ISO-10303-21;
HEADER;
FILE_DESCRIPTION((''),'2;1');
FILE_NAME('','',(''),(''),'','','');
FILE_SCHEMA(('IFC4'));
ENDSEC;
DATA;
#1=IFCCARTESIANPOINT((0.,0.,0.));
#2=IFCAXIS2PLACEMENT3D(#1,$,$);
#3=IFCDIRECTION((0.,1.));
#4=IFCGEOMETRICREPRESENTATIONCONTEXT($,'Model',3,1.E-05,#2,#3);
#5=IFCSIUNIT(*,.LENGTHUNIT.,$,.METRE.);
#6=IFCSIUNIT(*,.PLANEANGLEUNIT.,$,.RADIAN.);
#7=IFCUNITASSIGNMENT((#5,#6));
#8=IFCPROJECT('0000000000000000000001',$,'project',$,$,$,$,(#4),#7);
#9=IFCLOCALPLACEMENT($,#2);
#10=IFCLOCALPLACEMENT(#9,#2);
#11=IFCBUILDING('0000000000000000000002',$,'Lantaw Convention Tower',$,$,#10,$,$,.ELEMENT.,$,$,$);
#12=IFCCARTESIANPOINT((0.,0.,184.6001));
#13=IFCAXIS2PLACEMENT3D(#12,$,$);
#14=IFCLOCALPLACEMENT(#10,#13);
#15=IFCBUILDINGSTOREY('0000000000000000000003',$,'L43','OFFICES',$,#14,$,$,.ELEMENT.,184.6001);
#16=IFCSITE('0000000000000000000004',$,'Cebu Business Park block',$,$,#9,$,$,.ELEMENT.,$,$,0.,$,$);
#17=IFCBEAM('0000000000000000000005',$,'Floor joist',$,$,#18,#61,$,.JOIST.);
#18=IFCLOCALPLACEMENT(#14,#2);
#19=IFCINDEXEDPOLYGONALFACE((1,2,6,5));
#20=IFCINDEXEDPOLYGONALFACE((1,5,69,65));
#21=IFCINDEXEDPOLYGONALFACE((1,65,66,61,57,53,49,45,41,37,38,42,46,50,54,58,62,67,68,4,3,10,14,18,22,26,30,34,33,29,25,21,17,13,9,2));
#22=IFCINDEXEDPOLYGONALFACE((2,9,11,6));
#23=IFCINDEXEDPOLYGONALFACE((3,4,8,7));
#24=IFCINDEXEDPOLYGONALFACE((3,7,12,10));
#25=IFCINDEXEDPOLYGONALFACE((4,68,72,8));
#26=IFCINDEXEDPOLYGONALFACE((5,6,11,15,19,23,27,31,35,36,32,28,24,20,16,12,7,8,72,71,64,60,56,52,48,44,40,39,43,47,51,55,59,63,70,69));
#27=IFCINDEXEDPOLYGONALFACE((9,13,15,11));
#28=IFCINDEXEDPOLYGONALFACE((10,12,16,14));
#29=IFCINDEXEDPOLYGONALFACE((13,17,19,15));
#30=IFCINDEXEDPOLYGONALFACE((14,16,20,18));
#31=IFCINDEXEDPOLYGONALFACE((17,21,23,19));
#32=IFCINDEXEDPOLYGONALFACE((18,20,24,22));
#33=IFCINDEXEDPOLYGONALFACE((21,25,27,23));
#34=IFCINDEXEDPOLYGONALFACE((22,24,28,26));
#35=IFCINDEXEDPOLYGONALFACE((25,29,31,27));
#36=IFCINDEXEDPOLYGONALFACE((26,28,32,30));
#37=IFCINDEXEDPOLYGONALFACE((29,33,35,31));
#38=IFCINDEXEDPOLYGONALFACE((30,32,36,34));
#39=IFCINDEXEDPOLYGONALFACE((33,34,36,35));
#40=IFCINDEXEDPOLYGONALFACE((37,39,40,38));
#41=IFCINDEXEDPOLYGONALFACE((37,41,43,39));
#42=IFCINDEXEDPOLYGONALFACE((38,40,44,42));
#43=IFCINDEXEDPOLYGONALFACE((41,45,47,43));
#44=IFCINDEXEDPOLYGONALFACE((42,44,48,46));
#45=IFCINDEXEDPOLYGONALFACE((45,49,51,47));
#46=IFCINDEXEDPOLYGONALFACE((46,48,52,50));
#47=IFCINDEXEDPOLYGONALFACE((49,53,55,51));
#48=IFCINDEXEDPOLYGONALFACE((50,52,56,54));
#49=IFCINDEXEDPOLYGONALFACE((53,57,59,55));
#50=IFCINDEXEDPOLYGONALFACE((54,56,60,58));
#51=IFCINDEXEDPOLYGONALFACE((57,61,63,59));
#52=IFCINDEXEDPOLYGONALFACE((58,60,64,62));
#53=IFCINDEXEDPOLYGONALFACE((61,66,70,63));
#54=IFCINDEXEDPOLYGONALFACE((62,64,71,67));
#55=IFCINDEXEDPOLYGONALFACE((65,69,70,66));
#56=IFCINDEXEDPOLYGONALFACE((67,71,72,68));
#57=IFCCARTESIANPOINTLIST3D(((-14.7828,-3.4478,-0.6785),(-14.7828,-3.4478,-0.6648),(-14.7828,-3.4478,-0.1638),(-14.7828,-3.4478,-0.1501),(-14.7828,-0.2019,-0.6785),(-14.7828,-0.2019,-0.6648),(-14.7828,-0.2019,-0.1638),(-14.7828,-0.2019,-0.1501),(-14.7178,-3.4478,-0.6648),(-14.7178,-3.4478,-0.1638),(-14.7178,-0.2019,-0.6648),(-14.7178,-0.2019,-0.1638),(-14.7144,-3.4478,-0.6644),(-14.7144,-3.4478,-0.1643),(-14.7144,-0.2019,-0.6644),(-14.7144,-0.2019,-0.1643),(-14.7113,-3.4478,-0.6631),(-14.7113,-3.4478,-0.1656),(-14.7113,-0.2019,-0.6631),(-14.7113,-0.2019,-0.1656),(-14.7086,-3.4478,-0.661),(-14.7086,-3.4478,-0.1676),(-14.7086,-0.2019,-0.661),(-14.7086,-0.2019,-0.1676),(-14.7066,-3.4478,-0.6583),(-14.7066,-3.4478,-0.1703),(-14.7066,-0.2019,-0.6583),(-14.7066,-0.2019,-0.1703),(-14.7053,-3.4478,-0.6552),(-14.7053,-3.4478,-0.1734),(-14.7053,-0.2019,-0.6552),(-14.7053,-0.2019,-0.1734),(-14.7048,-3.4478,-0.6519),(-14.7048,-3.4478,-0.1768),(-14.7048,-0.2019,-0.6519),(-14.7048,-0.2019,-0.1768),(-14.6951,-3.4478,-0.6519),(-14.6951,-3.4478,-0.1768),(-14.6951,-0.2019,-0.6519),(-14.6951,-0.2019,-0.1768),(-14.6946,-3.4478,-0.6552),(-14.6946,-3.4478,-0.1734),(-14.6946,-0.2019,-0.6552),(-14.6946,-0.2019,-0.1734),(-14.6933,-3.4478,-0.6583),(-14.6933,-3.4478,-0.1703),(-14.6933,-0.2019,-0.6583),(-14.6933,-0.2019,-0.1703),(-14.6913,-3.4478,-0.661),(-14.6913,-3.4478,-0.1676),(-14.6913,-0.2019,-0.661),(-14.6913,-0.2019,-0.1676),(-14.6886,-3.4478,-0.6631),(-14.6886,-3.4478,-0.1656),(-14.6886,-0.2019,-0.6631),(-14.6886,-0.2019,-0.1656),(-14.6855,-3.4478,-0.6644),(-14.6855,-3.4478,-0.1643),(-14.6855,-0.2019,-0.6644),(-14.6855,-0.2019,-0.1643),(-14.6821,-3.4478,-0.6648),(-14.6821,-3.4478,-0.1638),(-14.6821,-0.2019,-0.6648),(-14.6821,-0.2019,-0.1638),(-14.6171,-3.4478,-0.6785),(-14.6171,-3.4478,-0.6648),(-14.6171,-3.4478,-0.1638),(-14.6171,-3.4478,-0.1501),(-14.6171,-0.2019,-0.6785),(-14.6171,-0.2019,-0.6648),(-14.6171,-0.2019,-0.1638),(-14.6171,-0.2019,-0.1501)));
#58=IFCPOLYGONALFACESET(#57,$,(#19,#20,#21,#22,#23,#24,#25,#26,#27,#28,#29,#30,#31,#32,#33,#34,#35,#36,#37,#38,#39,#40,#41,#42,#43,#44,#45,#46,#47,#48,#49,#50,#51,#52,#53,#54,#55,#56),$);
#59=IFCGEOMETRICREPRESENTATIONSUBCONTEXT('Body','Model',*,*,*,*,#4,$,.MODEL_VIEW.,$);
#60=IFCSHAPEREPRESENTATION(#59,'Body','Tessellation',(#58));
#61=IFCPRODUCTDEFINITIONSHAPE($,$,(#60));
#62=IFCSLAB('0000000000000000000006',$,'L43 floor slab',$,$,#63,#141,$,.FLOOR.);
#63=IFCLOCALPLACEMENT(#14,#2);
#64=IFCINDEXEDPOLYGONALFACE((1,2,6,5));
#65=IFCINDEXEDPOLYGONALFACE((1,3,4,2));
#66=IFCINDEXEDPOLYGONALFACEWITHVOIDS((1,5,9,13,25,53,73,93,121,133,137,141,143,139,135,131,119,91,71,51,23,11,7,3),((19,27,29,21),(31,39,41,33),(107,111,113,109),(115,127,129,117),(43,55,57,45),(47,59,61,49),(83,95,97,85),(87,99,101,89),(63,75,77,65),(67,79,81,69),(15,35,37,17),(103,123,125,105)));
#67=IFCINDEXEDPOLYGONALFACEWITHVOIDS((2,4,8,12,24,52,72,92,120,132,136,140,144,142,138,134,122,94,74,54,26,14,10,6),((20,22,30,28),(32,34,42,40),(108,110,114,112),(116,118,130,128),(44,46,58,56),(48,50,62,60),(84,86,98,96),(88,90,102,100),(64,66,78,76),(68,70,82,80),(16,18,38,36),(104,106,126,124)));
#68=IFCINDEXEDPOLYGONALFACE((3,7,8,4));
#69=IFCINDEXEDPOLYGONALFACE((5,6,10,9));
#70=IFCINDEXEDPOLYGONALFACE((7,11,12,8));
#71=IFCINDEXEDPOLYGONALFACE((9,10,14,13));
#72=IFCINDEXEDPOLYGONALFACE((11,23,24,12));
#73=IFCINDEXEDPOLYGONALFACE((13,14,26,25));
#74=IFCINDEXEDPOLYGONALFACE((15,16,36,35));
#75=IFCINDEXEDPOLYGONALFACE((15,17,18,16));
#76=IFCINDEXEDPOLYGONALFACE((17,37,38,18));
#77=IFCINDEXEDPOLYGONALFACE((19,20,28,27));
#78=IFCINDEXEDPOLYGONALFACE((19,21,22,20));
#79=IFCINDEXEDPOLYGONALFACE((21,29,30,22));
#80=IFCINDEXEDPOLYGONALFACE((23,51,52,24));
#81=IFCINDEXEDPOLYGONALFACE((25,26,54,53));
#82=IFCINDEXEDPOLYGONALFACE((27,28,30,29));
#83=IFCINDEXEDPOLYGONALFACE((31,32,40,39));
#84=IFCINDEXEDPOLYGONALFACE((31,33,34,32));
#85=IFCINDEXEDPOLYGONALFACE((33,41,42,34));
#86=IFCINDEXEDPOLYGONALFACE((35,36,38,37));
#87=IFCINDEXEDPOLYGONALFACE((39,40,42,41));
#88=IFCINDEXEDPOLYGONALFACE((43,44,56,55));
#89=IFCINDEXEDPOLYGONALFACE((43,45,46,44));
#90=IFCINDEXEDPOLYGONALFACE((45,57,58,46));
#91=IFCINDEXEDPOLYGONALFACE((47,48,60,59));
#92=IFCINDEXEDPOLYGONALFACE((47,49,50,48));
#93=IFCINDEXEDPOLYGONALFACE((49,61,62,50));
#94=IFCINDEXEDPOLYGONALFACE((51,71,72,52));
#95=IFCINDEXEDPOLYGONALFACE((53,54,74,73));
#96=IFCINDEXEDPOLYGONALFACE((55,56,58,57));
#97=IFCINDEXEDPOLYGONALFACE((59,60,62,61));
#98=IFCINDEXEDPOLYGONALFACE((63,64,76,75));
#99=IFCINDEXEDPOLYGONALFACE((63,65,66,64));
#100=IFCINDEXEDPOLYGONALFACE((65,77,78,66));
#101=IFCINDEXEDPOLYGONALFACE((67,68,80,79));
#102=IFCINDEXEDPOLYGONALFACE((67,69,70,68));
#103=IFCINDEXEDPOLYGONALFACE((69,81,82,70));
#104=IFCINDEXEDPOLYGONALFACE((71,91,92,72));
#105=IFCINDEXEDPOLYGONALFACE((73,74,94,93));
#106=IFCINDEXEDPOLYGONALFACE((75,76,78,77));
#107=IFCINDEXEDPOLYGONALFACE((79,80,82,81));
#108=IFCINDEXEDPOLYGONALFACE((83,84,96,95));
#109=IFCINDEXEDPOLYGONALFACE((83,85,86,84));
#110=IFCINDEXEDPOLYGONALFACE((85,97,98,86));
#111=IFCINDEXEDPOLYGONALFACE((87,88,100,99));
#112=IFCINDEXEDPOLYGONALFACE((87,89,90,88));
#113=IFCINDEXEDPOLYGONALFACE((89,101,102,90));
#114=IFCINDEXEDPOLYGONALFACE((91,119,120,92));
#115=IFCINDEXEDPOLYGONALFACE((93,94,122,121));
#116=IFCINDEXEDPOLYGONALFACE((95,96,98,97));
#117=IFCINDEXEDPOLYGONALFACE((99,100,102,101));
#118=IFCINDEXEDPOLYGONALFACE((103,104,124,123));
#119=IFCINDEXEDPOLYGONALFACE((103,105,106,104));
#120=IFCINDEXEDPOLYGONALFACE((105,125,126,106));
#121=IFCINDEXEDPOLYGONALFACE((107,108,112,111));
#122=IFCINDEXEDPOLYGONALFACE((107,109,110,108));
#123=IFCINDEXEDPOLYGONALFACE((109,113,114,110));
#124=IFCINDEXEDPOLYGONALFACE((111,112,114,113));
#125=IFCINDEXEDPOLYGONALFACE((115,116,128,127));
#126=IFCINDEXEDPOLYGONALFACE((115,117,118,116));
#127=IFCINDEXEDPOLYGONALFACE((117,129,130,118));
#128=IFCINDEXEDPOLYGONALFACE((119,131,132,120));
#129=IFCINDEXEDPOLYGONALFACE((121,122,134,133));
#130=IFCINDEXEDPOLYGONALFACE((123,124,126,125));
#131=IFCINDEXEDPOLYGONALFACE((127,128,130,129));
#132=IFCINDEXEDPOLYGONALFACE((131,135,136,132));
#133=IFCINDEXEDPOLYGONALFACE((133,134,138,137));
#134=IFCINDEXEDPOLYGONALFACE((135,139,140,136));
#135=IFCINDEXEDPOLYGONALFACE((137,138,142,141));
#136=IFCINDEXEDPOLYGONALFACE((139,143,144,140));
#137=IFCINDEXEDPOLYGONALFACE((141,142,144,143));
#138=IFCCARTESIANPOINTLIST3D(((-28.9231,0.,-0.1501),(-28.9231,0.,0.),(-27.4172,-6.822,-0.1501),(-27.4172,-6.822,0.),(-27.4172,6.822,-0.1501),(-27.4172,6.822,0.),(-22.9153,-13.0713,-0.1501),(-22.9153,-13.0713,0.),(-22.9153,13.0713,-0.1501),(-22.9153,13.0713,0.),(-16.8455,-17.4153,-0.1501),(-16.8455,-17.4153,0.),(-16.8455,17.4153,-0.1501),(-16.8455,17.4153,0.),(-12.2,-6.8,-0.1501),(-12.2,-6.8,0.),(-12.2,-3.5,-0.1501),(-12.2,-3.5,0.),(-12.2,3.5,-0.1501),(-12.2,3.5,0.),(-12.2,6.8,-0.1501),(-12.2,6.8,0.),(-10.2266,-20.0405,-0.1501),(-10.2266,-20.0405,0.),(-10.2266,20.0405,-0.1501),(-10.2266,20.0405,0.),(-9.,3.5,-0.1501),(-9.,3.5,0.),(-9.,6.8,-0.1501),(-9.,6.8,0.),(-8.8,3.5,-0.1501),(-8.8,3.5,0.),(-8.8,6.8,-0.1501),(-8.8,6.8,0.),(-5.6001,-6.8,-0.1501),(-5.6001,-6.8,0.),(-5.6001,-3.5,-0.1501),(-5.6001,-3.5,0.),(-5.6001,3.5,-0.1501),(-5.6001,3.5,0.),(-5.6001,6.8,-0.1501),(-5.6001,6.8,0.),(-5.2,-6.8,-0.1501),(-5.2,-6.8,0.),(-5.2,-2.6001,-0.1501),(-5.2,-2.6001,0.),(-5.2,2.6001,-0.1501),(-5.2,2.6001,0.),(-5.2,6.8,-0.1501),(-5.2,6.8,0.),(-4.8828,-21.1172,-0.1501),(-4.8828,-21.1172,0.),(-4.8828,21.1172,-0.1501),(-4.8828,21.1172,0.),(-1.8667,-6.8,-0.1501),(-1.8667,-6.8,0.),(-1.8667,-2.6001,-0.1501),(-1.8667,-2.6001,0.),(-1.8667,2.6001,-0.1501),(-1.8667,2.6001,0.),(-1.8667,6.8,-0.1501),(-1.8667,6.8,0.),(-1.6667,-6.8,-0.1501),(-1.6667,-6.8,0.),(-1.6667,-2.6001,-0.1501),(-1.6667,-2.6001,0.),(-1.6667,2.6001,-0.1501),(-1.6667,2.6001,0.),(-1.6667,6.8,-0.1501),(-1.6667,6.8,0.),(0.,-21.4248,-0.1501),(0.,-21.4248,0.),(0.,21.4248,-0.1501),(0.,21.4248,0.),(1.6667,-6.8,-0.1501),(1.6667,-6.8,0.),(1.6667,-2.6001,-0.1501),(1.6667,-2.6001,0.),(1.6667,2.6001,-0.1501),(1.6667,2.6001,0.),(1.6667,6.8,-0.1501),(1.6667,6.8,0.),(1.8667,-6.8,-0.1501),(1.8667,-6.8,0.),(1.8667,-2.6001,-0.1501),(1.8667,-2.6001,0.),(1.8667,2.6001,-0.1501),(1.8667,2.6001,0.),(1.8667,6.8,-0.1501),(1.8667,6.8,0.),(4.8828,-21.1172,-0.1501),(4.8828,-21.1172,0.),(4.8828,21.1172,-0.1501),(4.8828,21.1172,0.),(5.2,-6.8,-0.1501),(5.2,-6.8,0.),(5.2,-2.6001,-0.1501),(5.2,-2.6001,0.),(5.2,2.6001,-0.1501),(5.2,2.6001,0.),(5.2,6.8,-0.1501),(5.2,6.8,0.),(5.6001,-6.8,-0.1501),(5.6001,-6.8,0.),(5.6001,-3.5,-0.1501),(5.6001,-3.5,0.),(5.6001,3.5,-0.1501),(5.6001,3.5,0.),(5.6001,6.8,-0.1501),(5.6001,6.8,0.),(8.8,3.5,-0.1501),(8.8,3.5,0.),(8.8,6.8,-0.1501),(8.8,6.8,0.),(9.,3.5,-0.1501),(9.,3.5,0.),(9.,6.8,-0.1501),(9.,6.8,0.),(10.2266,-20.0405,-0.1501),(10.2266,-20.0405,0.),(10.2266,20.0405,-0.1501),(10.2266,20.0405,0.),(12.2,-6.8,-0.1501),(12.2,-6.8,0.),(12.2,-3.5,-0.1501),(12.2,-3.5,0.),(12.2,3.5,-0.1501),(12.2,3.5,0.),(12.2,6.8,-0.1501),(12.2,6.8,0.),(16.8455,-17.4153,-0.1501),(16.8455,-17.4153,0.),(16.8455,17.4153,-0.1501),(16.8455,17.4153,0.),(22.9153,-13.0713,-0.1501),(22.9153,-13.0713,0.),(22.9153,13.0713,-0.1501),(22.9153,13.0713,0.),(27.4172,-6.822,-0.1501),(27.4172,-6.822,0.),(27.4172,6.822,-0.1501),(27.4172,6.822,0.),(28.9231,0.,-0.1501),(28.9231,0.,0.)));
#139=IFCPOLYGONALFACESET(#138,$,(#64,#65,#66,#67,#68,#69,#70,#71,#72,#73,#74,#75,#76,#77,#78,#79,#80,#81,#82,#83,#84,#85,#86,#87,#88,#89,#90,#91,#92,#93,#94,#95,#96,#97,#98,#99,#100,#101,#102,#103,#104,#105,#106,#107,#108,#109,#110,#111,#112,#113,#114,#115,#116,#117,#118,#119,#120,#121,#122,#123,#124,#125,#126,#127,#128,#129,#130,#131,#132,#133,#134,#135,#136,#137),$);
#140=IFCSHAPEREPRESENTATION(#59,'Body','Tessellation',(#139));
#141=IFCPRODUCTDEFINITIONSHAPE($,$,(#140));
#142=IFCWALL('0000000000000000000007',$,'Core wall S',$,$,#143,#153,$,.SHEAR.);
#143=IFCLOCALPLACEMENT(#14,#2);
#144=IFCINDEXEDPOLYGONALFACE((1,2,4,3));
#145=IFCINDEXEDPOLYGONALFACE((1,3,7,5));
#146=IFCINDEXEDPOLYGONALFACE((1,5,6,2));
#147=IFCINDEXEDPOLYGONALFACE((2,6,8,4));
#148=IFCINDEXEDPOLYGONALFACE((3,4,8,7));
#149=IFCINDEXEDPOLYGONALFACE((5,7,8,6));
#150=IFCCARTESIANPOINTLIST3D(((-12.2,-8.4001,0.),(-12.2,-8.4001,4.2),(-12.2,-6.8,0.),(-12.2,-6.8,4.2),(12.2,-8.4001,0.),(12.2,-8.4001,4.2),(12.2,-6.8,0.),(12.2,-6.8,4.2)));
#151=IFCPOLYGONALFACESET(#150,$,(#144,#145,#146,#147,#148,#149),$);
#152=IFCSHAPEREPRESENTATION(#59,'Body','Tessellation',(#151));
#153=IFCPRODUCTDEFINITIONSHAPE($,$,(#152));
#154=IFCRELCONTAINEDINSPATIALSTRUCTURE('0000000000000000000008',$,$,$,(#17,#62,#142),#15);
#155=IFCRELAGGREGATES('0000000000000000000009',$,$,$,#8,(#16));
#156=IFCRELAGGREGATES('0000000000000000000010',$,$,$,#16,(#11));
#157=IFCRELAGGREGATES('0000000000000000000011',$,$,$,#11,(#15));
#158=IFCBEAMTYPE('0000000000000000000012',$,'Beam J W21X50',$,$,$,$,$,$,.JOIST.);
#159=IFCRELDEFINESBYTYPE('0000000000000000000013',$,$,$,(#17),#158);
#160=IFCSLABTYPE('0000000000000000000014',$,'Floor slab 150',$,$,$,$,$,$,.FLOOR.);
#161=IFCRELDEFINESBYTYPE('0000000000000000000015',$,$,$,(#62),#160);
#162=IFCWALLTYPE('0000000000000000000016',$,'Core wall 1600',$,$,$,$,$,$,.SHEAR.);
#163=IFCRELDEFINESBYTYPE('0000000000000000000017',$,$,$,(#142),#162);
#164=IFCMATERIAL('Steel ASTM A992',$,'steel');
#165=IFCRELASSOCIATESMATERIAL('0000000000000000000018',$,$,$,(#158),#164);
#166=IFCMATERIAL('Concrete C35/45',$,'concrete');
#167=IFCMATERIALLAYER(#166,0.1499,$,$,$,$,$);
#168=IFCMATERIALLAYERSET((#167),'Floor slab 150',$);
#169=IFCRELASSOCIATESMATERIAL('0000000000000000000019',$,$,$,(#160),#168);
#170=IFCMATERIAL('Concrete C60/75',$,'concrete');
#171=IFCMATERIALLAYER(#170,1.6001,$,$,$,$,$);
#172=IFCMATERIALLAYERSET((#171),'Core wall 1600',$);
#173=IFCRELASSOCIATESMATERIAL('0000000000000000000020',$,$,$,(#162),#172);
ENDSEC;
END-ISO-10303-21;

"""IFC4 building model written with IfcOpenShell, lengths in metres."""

from ifc_helpers import new_model, si_unit, direction, frame, frame_2d, origin, origin_2d, place, context, subcontext, project, spatial, polyline, rectangle, i_section, outline, extrude, material, layer, layer_set, material_profile, profile_set, type_object, element, save


model = new_model("IFC4")

# Units and contexts
model_context = context("Model", 3, precision=1e-05, world=origin(), true_north=direction((0.0, 1.0)))
body_context = subcontext(model_context, "Body", "Model", "MODEL_VIEW")
ifc_project = project(units=[si_unit("LENGTHUNIT", "METRE"), si_unit("PLANEANGLEUNIT", "RADIAN")], contexts=[model_context])

# Site, building, storey
site_placement = place(None, origin())
site = spatial("IfcSite", under=ifc_project, at=site_placement, Name="Cebu Business Park block", CompositionType="ELEMENT", RefElevation=0.0)
building_placement = place(site_placement, origin())
building = spatial("IfcBuilding", under=site, at=building_placement, Name="Lantaw Convention Tower", CompositionType="ELEMENT")
storey_placement = place(building_placement, frame((0.0, 0.0, 184.6001)))
storey = spatial("IfcBuildingStorey", under=building, at=storey_placement, Name="L43", Description="OFFICES", CompositionType="ELEMENT", Elevation=184.6001)

# Beam
ifc_material_1 = material(Name="Steel ASTM A992", Category="steel")
ifc_material_profile_1 = material_profile(ifc_material_1, i_section(OverallWidth=0.1658, OverallDepth=0.5283, WebThickness=0.0098, FlangeThickness=0.0137, FilletRadius=0.0129, at=origin_2d()), Name="W21X50")
ifc_profile_set_1 = profile_set([ifc_material_profile_1], Name="Steel ASTM A992")
beam_type_1 = type_object("IfcBeamType", Name="Beam J W21X50", PredefinedType="JOIST", material=ifc_profile_set_1)
beam_1_placement = place(storey_placement, frame((-14.7, -3.4478, -0.4143), z_axis=(0.0, 1.0, 0.0), x_axis=(-1.0, 0.0, 0.0)))
element("IfcBeam", 1, at=beam_1_placement, inside=storey, type_object=beam_type_1, Name="Floor joist", PredefinedType="JOIST", context=body_context, shape_type="SweptSolid", body=[
    extrude(i_section(OverallWidth=0.1658, OverallDepth=0.5283, WebThickness=0.0098, FlangeThickness=0.0137, FilletRadius=0.0129, at=origin_2d()), origin(), (0.0, 0.0, 1.0), 3.2458),
])

# Slab
ifc_material_2 = material(Name="Concrete C35/45", Category="concrete")
ifc_layer_1 = layer(ifc_material_2, 0.1499)
ifc_layer_set_1 = layer_set([ifc_layer_1], Name="Floor slab 150")
slab_type = type_object("IfcSlabType", Name="Floor slab 150", PredefinedType="FLOOR", material=ifc_layer_set_1)
slab_placement = place(storey_placement, frame((0.0, 0.0, -0.1501)))
element("IfcSlab", 2, at=slab_placement, inside=storey, type_object=slab_type, Name="L43 floor slab", PredefinedType="FLOOR", context=body_context, shape_type="SweptSolid", body=[
    extrude(outline(polyline([(27.4172, -6.822), (28.9231, 0.0), (27.4172, 6.822), (22.9153, 13.0713), (16.8455, 17.4153), (10.2266, 20.0405), (4.8828, 21.1172), (0.0, 21.4248), (-4.8828, 21.1172), (-10.2266, 20.0405), (-16.8455, 17.4153), (-22.9153, 13.0713), (-27.4172, 6.822), (-28.9231, 0.0), (-27.4172, -6.822), (-22.9153, -13.0713), (-16.8455, -17.4153), (-10.2266, -20.0405), (-4.8828, -21.1172), (0.0, -21.4248), (4.8828, -21.1172), (10.2266, -20.0405), (16.8455, -17.4153), (22.9153, -13.0713), (27.4172, -6.822)]), holes=[polyline([(-5.6001, -3.5), (-12.2, -3.5), (-12.2, -6.8), (-5.6001, -6.8), (-5.6001, -3.5)]), polyline([(-1.8667, -6.8), (-1.8667, -2.6001), (-5.2, -2.6001), (-5.2, -6.8), (-1.8667, -6.8)]), polyline([(-1.8667, 2.6001), (-1.8667, 6.8), (-5.2, 6.8), (-5.2, 2.6001), (-1.8667, 2.6001)]), polyline([(1.6667, 6.8), (-1.6667, 6.8), (-1.6667, 2.6001), (1.6667, 2.6001), (1.6667, 6.8)]), polyline([(-9.0, 3.5), (-9.0, 6.8), (-12.2, 6.8), (-12.2, 3.5), (-9.0, 3.5)]), polyline([(-5.6001, 3.5), (-5.6001, 6.8), (-8.8, 6.8), (-8.8, 3.5), (-5.6001, 3.5)]), polyline([(12.2, -3.5), (5.6001, -3.5), (5.6001, -6.8), (12.2, -6.8), (12.2, -3.5)]), polyline([(1.6667, -6.8), (1.6667, -2.6001), (-1.6667, -2.6001), (-1.6667, -6.8), (1.6667, -6.8)]), polyline([(5.2, -6.8), (5.2, -2.6001), (1.8667, -2.6001), (1.8667, -6.8), (5.2, -6.8)]), polyline([(5.2, 6.8), (1.8667, 6.8), (1.8667, 2.6001), (5.2, 2.6001), (5.2, 6.8)]), polyline([(8.8, 3.5), (8.8, 6.8), (5.6001, 6.8), (5.6001, 3.5), (8.8, 3.5)]), polyline([(12.2, 3.5), (12.2, 6.8), (9.0, 6.8), (9.0, 3.5), (12.2, 3.5)])]), origin(), (0.0, 0.0, 1.0), 0.1501),
])

# Wall
ifc_material_3 = material(Name="Concrete C60/75", Category="concrete")
ifc_layer_2 = layer(ifc_material_3, 1.6001)
ifc_layer_set_2 = layer_set([ifc_layer_2], Name="Core wall 1600")
wall_type_1 = type_object("IfcWallType", Name="Core wall 1600", PredefinedType="SHEAR", material=ifc_layer_set_2)
wall_1_placement = place(storey_placement, frame((-12.2, -7.6001, 0.0), z_axis=(0.0, 0.0, 1.0), x_axis=(1.0, 0.0, 0.0)))
element("IfcWall", 3, at=wall_1_placement, inside=storey, type_object=wall_type_1, Name="Core wall S", PredefinedType="SHEAR", context=body_context, shape_type="SweptSolid", body=[
    extrude(rectangle(XDim=24.3999, YDim=1.6001, at=frame_2d((12.2, 0.0))), origin(), (0.0, 0.0, 1.0), 4.2),
])

save(model, "model.ifc")
